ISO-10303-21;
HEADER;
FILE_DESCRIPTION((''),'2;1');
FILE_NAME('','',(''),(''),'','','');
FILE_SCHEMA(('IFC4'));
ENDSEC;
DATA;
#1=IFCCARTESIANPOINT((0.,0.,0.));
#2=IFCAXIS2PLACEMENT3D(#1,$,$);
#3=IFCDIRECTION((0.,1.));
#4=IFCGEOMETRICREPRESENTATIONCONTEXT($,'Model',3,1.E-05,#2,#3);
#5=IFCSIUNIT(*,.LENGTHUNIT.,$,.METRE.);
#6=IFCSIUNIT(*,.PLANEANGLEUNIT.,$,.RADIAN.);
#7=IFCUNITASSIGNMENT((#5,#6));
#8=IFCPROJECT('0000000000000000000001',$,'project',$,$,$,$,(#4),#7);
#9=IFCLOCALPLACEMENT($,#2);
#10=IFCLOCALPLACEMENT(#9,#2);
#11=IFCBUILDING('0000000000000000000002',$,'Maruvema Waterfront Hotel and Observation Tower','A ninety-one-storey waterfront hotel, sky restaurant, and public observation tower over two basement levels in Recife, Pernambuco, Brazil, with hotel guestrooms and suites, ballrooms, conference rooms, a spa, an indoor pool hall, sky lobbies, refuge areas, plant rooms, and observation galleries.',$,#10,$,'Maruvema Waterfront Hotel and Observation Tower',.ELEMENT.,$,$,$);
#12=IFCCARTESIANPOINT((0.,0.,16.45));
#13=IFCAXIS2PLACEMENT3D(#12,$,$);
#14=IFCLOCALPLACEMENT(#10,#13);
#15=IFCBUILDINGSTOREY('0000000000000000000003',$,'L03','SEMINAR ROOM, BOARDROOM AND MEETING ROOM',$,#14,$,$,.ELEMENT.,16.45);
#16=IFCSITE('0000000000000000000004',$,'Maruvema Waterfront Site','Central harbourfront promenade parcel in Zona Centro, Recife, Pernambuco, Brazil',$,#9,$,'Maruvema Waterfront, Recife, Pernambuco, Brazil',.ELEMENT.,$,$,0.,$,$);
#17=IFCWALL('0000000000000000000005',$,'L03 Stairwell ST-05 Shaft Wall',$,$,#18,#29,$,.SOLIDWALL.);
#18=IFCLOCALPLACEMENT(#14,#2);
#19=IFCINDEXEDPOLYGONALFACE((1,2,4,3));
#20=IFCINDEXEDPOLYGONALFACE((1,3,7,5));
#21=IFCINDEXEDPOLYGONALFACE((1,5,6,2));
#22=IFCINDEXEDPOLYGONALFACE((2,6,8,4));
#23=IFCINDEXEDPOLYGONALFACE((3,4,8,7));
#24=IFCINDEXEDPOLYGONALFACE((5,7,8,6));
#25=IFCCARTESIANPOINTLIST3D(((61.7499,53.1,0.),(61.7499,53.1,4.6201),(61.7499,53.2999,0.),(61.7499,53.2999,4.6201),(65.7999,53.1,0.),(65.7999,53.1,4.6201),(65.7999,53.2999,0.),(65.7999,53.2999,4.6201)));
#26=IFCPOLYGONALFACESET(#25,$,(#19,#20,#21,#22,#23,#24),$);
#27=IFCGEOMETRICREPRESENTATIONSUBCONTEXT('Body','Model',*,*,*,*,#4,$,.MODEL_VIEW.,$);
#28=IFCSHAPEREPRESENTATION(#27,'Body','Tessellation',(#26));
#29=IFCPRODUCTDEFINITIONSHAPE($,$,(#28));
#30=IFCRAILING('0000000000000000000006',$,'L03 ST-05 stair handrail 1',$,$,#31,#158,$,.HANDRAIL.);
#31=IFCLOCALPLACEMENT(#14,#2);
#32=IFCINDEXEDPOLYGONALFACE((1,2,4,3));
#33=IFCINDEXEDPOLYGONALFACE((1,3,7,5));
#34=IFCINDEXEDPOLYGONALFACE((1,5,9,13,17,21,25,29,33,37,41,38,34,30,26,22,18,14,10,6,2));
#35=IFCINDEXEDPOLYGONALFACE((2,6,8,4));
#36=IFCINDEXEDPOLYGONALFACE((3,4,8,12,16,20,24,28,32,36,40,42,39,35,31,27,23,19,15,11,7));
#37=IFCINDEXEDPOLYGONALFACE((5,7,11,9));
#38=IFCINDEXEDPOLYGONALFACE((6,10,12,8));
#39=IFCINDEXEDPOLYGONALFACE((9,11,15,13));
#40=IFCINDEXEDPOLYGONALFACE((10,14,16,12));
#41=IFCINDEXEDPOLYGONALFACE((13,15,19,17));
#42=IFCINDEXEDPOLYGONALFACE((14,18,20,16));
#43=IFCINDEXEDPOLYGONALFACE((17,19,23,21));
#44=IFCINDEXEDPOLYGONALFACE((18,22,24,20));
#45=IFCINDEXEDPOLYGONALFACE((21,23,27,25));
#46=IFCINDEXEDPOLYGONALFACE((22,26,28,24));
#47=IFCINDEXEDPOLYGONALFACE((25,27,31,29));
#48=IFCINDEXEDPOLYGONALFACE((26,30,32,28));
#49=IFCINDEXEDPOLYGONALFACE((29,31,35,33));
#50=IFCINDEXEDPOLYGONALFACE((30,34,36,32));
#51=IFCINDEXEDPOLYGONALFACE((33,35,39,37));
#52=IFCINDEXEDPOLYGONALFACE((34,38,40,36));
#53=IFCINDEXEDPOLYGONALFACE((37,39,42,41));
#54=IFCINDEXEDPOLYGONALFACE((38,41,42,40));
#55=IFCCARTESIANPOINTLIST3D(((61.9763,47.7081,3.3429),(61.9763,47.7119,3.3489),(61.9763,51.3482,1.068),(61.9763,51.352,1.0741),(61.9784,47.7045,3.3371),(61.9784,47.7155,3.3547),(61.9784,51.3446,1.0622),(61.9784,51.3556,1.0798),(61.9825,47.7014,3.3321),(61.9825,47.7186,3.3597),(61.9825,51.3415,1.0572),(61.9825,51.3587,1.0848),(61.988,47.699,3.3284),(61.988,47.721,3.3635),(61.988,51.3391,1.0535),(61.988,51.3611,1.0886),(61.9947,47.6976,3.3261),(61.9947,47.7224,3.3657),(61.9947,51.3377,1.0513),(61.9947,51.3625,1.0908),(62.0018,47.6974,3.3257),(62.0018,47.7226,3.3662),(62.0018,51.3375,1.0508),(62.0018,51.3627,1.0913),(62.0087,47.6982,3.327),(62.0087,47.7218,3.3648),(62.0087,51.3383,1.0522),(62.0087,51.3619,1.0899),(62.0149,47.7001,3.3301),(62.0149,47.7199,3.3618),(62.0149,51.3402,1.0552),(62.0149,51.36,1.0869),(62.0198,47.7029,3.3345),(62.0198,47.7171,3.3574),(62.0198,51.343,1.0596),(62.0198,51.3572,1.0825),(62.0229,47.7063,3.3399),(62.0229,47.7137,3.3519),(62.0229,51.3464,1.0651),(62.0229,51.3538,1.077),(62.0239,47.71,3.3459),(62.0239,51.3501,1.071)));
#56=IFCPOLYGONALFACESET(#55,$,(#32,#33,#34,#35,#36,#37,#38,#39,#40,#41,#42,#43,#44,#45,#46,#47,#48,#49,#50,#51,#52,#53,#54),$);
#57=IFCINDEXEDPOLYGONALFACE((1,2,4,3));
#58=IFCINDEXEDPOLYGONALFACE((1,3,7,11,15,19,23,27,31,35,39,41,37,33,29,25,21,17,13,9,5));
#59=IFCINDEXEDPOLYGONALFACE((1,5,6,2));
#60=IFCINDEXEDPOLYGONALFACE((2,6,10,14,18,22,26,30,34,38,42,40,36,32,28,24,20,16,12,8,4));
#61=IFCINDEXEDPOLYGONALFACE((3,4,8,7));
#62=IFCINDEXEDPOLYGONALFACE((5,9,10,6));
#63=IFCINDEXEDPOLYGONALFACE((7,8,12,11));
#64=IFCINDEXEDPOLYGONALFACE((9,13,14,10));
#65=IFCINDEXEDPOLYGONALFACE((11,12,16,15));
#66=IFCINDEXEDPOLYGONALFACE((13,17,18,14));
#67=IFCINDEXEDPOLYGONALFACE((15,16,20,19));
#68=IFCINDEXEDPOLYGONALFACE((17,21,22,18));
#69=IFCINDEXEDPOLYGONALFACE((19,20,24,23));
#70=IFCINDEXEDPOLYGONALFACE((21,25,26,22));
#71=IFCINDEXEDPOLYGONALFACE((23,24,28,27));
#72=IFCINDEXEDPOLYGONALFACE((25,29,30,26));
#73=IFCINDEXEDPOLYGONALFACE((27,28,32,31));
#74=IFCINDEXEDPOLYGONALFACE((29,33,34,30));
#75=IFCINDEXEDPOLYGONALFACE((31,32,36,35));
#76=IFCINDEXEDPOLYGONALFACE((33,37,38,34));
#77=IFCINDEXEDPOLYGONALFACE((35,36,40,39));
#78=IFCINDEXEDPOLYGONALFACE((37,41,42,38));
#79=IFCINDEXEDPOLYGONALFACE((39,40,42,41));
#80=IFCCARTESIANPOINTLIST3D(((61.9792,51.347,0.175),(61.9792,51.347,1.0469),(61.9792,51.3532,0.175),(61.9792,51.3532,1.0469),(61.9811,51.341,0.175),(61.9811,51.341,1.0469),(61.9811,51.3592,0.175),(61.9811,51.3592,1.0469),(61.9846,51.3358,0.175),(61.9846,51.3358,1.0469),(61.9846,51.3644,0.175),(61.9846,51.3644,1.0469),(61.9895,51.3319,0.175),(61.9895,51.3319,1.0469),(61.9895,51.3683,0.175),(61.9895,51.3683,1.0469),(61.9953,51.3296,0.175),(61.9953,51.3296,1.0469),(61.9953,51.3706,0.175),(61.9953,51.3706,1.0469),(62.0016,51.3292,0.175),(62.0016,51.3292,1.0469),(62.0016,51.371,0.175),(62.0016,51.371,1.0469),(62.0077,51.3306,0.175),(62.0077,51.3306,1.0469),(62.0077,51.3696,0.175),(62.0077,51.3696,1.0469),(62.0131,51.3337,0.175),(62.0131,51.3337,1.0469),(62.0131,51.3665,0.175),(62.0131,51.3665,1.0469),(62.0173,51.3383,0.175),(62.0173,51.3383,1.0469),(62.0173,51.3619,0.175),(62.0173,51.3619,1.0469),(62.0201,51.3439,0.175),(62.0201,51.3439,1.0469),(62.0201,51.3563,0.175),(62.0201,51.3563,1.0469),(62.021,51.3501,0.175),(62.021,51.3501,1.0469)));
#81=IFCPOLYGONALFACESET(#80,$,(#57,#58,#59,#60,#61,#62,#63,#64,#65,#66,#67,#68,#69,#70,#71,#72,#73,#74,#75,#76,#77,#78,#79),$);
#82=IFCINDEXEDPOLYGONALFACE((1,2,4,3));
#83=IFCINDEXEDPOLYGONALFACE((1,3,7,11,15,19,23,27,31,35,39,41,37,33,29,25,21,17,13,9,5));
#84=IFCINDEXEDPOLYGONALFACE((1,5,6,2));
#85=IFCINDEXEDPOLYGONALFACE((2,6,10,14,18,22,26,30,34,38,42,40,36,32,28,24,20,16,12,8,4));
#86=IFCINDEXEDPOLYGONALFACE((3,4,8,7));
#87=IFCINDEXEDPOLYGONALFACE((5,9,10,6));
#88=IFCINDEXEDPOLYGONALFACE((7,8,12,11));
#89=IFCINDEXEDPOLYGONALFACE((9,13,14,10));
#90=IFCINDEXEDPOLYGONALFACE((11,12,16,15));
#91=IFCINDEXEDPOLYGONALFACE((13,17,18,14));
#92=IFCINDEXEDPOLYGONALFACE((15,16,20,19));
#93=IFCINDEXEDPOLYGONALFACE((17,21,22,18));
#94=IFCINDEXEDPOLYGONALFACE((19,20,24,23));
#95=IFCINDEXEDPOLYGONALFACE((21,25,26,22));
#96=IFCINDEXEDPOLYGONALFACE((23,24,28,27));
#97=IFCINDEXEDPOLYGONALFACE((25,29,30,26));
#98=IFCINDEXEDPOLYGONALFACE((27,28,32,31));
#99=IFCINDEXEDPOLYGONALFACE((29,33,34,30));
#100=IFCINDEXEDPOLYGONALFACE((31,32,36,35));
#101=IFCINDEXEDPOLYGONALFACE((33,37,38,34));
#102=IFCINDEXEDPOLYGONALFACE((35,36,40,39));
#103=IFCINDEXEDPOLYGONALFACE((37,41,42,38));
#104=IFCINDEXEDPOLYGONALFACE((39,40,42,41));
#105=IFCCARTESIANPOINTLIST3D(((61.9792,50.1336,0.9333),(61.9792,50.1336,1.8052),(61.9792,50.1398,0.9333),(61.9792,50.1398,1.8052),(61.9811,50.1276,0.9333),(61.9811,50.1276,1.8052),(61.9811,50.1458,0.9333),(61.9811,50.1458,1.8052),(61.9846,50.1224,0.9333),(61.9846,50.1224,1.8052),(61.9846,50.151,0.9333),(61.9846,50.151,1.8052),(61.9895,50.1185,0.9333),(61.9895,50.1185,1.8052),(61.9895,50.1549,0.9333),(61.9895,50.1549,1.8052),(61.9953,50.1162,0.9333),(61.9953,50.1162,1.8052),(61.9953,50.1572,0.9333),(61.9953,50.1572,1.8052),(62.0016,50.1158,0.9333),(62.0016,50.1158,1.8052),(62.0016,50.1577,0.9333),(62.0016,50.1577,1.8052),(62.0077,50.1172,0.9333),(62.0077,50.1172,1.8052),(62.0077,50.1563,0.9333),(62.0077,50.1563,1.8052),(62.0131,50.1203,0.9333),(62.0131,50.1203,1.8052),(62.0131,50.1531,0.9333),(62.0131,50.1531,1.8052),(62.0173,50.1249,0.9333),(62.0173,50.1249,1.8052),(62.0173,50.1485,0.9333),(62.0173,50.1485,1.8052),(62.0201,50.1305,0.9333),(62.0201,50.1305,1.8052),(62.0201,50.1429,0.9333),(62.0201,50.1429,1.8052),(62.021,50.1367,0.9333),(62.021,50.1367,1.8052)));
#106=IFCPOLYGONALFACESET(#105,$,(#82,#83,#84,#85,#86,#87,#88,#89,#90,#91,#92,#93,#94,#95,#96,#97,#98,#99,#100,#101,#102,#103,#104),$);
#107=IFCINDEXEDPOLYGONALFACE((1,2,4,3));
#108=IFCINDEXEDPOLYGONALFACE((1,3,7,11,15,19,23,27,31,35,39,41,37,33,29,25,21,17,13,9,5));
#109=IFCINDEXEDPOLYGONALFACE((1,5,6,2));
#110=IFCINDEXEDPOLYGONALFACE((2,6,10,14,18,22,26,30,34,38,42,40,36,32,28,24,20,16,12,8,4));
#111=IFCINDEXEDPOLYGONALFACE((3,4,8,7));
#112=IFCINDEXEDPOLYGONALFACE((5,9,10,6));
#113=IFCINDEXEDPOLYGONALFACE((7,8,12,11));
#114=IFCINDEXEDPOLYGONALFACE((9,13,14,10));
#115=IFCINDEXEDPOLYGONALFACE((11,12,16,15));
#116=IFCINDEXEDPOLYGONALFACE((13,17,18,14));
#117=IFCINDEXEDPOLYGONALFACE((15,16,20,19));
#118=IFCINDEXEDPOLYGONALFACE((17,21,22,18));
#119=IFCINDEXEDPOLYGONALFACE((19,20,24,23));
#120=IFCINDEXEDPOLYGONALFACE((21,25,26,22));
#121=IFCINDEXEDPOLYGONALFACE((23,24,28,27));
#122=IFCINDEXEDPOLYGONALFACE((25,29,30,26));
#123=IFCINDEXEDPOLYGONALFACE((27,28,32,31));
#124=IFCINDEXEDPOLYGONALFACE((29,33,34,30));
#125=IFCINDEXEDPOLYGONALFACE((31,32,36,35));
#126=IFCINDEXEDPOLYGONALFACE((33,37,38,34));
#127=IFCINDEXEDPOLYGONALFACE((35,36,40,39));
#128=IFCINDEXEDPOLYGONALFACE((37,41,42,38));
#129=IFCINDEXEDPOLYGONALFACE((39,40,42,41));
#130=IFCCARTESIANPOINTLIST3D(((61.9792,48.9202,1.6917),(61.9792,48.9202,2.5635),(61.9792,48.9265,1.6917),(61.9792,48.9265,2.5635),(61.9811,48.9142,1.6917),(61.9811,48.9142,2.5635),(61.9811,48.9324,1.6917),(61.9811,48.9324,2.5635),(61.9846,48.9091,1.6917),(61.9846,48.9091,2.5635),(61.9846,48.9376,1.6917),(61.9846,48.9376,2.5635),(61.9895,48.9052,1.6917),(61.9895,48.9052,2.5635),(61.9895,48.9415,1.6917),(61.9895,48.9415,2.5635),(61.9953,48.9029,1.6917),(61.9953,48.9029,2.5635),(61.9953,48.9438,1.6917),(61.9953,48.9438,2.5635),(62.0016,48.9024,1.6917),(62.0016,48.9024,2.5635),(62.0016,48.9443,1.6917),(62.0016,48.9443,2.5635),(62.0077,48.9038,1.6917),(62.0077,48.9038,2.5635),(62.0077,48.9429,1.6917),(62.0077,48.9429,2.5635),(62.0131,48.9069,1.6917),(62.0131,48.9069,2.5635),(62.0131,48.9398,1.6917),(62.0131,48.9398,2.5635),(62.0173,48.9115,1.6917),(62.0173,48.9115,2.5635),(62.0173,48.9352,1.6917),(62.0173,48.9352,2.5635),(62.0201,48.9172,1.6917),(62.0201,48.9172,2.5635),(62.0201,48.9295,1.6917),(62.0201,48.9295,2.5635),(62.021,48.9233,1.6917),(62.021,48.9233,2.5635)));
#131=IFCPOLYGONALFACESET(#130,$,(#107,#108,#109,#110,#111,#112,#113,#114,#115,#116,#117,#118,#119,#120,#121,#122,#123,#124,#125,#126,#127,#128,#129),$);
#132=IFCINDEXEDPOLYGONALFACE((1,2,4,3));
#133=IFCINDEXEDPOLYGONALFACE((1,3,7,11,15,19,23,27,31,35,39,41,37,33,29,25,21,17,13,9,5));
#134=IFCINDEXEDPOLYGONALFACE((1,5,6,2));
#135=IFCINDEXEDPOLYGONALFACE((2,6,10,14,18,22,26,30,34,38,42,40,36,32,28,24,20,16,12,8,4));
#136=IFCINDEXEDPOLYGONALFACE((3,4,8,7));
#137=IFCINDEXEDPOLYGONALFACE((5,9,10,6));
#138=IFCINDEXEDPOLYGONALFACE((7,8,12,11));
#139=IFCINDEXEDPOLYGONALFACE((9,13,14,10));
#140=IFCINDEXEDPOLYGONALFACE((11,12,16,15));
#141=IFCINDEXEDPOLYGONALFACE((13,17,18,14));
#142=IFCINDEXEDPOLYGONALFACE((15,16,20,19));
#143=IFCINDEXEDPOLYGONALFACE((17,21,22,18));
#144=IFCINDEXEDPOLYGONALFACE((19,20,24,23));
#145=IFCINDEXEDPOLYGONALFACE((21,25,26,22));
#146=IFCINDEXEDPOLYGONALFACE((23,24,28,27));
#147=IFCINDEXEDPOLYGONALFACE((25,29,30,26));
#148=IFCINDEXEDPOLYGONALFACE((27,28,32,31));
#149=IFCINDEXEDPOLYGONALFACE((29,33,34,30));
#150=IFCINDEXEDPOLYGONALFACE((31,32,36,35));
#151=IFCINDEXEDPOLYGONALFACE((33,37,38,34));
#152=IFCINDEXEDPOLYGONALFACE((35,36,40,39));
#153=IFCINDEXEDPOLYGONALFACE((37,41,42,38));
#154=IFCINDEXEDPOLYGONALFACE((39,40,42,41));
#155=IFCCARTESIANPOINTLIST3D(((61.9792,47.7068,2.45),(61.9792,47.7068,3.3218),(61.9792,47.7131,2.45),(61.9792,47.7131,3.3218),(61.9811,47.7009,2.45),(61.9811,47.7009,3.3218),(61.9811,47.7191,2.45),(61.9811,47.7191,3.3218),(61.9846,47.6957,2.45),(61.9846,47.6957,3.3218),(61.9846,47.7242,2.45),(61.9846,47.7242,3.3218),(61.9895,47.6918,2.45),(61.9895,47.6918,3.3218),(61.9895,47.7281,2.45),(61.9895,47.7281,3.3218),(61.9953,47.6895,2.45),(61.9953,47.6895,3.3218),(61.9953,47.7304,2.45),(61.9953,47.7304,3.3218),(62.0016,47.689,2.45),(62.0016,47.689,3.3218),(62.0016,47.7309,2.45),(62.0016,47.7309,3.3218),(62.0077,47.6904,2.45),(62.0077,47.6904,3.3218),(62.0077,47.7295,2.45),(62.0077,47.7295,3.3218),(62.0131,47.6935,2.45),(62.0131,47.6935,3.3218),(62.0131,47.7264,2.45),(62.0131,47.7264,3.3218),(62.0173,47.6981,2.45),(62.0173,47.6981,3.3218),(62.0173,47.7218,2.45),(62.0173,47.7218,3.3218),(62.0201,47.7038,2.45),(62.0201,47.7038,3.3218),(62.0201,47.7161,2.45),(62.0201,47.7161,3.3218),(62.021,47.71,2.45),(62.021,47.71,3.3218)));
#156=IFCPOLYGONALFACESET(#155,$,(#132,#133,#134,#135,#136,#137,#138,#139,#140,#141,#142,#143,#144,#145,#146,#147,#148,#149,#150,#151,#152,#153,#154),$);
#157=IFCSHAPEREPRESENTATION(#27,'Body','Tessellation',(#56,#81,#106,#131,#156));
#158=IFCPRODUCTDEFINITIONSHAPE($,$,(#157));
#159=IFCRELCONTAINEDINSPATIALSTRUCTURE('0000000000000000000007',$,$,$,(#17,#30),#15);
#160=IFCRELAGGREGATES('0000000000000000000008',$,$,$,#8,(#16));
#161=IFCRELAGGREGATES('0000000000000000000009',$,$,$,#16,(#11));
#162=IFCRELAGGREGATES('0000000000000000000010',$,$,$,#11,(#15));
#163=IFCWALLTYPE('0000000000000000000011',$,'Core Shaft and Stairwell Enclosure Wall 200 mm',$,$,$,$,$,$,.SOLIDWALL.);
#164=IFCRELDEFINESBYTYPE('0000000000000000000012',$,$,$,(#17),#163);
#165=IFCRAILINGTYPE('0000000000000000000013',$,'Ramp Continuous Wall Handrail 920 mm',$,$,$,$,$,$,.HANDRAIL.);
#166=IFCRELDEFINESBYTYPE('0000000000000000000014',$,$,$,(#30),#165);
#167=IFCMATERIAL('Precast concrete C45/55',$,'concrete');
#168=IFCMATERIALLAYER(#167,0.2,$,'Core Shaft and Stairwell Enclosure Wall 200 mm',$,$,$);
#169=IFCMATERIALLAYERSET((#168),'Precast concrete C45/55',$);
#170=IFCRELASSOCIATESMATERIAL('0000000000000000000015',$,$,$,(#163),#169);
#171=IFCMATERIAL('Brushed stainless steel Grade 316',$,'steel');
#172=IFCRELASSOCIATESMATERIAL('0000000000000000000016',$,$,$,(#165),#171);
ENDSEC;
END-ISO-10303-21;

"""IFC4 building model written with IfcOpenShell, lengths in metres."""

from ifc_helpers import new_model, si_unit, direction, frame, frame_2d, origin, origin_2d, place, context, subcontext, project, spatial, rectangle, circle, extrude, material, layer, layer_set, type_object, element, save


model = new_model("IFC4")

# Units and contexts
model_context = context("Model", 3, precision=1e-05, world=origin(), true_north=direction((0.0, 1.0)))
body_context = subcontext(model_context, "Body", "Model", "MODEL_VIEW")
ifc_project = project(units=[si_unit("LENGTHUNIT", "METRE"), si_unit("PLANEANGLEUNIT", "RADIAN")], contexts=[model_context])

# Site, building, storey
site_placement = place(None, origin())
site = spatial("IfcSite", under=ifc_project, at=site_placement, Name="Maruvema Waterfront Site", Description="Central harbourfront promenade parcel in Zona Centro, Recife, Pernambuco, Brazil", LongName="Maruvema Waterfront, Recife, Pernambuco, Brazil", CompositionType="ELEMENT", RefElevation=0.0)
building_placement = place(site_placement, origin())
building = spatial("IfcBuilding", under=site, at=building_placement, Name="Maruvema Waterfront Hotel and Observation Tower", Description="A ninety-one-storey waterfront hotel, sky restaurant, and public observation tower over two basement levels in Recife, Pernambuco, Brazil, with hotel guestrooms and suites, ballrooms, conference rooms, a spa, an indoor pool hall, sky lobbies, refuge areas, plant rooms, and observation galleries.", LongName="Maruvema Waterfront Hotel and Observation Tower", CompositionType="ELEMENT")
storey_placement = place(building_placement, frame((0.0, 0.0, 16.45)))
storey = spatial("IfcBuildingStorey", under=building, at=storey_placement, Name="L03", Description="SEMINAR ROOM, BOARDROOM AND MEETING ROOM", CompositionType="ELEMENT", Elevation=16.45)

# Shared definitions
ifc_material_1 = material(Name="Precast concrete C45/55", Category="concrete")
ifc_layer_1 = layer(ifc_material_1, 0.2, Name="Core Shaft and Stairwell Enclosure Wall 200 mm")
ifc_layer_set_1 = layer_set([ifc_layer_1], Name="Precast concrete C45/55")
wall_type = type_object("IfcWallType", Name="Core Shaft and Stairwell Enclosure Wall 200 mm", PredefinedType="SOLIDWALL", material=ifc_layer_set_1)

# Wall
wall_1_placement = place(storey_placement, frame((61.75, 53.2, 0.0), z_axis=(0.0, 0.0, 1.0), x_axis=(1.0, 0.0, 0.0)))
element("IfcWall", 1, at=wall_1_placement, inside=storey, type_object=wall_type, Name="L03 Stairwell ST-05 Shaft Wall", PredefinedType="SOLIDWALL", context=body_context, shape_type="SweptSolid", body=[
    extrude(rectangle(XDim=4.05, YDim=0.2, at=frame_2d((2.0249, 0.0))), origin(), (0.0, 0.0, 1.0), 4.6201),
])

# Railing
ifc_material_2 = material(Name="Brushed stainless steel Grade 316", Category="steel")
railing_type = type_object("IfcRailingType", Name="Ramp Continuous Wall Handrail 920 mm", PredefinedType="HANDRAIL", material=ifc_material_2)
railing_placement = place(storey_placement, frame((62.0, 51.3501, 0.175)))
element("IfcRailing", 2, at=railing_placement, inside=storey, type_object=railing_type, Name="L03 ST-05 stair handrail 1", PredefinedType="HANDRAIL", context=body_context, shape_type="SweptSolid", body=[
    extrude(circle(Radius=0.0239, at=origin_2d()), frame((0.0, 0.0, 0.896), z_axis=(0.0, -0.848017, 0.529968), x_axis=(1.0, 0.0, 0.0)), (0.0, 0.0, 1.0), 4.2925),
    extrude(circle(Radius=0.021, at=origin_2d()), origin(), (0.0, 0.0, 1.0), 0.8718),
    extrude(circle(Radius=0.021, at=origin_2d()), frame((0.0, -1.2134, 0.7583)), (0.0, 0.0, 1.0), 0.8718),
    extrude(circle(Radius=0.021, at=origin_2d()), frame((0.0, -2.4268, 1.5166)), (0.0, 0.0, 1.0), 0.8718),
    extrude(circle(Radius=0.021, at=origin_2d()), frame((0.0, -3.6401, 2.2749)), (0.0, 0.0, 1.0), 0.8718),
])

save(model, "model.ifc")
